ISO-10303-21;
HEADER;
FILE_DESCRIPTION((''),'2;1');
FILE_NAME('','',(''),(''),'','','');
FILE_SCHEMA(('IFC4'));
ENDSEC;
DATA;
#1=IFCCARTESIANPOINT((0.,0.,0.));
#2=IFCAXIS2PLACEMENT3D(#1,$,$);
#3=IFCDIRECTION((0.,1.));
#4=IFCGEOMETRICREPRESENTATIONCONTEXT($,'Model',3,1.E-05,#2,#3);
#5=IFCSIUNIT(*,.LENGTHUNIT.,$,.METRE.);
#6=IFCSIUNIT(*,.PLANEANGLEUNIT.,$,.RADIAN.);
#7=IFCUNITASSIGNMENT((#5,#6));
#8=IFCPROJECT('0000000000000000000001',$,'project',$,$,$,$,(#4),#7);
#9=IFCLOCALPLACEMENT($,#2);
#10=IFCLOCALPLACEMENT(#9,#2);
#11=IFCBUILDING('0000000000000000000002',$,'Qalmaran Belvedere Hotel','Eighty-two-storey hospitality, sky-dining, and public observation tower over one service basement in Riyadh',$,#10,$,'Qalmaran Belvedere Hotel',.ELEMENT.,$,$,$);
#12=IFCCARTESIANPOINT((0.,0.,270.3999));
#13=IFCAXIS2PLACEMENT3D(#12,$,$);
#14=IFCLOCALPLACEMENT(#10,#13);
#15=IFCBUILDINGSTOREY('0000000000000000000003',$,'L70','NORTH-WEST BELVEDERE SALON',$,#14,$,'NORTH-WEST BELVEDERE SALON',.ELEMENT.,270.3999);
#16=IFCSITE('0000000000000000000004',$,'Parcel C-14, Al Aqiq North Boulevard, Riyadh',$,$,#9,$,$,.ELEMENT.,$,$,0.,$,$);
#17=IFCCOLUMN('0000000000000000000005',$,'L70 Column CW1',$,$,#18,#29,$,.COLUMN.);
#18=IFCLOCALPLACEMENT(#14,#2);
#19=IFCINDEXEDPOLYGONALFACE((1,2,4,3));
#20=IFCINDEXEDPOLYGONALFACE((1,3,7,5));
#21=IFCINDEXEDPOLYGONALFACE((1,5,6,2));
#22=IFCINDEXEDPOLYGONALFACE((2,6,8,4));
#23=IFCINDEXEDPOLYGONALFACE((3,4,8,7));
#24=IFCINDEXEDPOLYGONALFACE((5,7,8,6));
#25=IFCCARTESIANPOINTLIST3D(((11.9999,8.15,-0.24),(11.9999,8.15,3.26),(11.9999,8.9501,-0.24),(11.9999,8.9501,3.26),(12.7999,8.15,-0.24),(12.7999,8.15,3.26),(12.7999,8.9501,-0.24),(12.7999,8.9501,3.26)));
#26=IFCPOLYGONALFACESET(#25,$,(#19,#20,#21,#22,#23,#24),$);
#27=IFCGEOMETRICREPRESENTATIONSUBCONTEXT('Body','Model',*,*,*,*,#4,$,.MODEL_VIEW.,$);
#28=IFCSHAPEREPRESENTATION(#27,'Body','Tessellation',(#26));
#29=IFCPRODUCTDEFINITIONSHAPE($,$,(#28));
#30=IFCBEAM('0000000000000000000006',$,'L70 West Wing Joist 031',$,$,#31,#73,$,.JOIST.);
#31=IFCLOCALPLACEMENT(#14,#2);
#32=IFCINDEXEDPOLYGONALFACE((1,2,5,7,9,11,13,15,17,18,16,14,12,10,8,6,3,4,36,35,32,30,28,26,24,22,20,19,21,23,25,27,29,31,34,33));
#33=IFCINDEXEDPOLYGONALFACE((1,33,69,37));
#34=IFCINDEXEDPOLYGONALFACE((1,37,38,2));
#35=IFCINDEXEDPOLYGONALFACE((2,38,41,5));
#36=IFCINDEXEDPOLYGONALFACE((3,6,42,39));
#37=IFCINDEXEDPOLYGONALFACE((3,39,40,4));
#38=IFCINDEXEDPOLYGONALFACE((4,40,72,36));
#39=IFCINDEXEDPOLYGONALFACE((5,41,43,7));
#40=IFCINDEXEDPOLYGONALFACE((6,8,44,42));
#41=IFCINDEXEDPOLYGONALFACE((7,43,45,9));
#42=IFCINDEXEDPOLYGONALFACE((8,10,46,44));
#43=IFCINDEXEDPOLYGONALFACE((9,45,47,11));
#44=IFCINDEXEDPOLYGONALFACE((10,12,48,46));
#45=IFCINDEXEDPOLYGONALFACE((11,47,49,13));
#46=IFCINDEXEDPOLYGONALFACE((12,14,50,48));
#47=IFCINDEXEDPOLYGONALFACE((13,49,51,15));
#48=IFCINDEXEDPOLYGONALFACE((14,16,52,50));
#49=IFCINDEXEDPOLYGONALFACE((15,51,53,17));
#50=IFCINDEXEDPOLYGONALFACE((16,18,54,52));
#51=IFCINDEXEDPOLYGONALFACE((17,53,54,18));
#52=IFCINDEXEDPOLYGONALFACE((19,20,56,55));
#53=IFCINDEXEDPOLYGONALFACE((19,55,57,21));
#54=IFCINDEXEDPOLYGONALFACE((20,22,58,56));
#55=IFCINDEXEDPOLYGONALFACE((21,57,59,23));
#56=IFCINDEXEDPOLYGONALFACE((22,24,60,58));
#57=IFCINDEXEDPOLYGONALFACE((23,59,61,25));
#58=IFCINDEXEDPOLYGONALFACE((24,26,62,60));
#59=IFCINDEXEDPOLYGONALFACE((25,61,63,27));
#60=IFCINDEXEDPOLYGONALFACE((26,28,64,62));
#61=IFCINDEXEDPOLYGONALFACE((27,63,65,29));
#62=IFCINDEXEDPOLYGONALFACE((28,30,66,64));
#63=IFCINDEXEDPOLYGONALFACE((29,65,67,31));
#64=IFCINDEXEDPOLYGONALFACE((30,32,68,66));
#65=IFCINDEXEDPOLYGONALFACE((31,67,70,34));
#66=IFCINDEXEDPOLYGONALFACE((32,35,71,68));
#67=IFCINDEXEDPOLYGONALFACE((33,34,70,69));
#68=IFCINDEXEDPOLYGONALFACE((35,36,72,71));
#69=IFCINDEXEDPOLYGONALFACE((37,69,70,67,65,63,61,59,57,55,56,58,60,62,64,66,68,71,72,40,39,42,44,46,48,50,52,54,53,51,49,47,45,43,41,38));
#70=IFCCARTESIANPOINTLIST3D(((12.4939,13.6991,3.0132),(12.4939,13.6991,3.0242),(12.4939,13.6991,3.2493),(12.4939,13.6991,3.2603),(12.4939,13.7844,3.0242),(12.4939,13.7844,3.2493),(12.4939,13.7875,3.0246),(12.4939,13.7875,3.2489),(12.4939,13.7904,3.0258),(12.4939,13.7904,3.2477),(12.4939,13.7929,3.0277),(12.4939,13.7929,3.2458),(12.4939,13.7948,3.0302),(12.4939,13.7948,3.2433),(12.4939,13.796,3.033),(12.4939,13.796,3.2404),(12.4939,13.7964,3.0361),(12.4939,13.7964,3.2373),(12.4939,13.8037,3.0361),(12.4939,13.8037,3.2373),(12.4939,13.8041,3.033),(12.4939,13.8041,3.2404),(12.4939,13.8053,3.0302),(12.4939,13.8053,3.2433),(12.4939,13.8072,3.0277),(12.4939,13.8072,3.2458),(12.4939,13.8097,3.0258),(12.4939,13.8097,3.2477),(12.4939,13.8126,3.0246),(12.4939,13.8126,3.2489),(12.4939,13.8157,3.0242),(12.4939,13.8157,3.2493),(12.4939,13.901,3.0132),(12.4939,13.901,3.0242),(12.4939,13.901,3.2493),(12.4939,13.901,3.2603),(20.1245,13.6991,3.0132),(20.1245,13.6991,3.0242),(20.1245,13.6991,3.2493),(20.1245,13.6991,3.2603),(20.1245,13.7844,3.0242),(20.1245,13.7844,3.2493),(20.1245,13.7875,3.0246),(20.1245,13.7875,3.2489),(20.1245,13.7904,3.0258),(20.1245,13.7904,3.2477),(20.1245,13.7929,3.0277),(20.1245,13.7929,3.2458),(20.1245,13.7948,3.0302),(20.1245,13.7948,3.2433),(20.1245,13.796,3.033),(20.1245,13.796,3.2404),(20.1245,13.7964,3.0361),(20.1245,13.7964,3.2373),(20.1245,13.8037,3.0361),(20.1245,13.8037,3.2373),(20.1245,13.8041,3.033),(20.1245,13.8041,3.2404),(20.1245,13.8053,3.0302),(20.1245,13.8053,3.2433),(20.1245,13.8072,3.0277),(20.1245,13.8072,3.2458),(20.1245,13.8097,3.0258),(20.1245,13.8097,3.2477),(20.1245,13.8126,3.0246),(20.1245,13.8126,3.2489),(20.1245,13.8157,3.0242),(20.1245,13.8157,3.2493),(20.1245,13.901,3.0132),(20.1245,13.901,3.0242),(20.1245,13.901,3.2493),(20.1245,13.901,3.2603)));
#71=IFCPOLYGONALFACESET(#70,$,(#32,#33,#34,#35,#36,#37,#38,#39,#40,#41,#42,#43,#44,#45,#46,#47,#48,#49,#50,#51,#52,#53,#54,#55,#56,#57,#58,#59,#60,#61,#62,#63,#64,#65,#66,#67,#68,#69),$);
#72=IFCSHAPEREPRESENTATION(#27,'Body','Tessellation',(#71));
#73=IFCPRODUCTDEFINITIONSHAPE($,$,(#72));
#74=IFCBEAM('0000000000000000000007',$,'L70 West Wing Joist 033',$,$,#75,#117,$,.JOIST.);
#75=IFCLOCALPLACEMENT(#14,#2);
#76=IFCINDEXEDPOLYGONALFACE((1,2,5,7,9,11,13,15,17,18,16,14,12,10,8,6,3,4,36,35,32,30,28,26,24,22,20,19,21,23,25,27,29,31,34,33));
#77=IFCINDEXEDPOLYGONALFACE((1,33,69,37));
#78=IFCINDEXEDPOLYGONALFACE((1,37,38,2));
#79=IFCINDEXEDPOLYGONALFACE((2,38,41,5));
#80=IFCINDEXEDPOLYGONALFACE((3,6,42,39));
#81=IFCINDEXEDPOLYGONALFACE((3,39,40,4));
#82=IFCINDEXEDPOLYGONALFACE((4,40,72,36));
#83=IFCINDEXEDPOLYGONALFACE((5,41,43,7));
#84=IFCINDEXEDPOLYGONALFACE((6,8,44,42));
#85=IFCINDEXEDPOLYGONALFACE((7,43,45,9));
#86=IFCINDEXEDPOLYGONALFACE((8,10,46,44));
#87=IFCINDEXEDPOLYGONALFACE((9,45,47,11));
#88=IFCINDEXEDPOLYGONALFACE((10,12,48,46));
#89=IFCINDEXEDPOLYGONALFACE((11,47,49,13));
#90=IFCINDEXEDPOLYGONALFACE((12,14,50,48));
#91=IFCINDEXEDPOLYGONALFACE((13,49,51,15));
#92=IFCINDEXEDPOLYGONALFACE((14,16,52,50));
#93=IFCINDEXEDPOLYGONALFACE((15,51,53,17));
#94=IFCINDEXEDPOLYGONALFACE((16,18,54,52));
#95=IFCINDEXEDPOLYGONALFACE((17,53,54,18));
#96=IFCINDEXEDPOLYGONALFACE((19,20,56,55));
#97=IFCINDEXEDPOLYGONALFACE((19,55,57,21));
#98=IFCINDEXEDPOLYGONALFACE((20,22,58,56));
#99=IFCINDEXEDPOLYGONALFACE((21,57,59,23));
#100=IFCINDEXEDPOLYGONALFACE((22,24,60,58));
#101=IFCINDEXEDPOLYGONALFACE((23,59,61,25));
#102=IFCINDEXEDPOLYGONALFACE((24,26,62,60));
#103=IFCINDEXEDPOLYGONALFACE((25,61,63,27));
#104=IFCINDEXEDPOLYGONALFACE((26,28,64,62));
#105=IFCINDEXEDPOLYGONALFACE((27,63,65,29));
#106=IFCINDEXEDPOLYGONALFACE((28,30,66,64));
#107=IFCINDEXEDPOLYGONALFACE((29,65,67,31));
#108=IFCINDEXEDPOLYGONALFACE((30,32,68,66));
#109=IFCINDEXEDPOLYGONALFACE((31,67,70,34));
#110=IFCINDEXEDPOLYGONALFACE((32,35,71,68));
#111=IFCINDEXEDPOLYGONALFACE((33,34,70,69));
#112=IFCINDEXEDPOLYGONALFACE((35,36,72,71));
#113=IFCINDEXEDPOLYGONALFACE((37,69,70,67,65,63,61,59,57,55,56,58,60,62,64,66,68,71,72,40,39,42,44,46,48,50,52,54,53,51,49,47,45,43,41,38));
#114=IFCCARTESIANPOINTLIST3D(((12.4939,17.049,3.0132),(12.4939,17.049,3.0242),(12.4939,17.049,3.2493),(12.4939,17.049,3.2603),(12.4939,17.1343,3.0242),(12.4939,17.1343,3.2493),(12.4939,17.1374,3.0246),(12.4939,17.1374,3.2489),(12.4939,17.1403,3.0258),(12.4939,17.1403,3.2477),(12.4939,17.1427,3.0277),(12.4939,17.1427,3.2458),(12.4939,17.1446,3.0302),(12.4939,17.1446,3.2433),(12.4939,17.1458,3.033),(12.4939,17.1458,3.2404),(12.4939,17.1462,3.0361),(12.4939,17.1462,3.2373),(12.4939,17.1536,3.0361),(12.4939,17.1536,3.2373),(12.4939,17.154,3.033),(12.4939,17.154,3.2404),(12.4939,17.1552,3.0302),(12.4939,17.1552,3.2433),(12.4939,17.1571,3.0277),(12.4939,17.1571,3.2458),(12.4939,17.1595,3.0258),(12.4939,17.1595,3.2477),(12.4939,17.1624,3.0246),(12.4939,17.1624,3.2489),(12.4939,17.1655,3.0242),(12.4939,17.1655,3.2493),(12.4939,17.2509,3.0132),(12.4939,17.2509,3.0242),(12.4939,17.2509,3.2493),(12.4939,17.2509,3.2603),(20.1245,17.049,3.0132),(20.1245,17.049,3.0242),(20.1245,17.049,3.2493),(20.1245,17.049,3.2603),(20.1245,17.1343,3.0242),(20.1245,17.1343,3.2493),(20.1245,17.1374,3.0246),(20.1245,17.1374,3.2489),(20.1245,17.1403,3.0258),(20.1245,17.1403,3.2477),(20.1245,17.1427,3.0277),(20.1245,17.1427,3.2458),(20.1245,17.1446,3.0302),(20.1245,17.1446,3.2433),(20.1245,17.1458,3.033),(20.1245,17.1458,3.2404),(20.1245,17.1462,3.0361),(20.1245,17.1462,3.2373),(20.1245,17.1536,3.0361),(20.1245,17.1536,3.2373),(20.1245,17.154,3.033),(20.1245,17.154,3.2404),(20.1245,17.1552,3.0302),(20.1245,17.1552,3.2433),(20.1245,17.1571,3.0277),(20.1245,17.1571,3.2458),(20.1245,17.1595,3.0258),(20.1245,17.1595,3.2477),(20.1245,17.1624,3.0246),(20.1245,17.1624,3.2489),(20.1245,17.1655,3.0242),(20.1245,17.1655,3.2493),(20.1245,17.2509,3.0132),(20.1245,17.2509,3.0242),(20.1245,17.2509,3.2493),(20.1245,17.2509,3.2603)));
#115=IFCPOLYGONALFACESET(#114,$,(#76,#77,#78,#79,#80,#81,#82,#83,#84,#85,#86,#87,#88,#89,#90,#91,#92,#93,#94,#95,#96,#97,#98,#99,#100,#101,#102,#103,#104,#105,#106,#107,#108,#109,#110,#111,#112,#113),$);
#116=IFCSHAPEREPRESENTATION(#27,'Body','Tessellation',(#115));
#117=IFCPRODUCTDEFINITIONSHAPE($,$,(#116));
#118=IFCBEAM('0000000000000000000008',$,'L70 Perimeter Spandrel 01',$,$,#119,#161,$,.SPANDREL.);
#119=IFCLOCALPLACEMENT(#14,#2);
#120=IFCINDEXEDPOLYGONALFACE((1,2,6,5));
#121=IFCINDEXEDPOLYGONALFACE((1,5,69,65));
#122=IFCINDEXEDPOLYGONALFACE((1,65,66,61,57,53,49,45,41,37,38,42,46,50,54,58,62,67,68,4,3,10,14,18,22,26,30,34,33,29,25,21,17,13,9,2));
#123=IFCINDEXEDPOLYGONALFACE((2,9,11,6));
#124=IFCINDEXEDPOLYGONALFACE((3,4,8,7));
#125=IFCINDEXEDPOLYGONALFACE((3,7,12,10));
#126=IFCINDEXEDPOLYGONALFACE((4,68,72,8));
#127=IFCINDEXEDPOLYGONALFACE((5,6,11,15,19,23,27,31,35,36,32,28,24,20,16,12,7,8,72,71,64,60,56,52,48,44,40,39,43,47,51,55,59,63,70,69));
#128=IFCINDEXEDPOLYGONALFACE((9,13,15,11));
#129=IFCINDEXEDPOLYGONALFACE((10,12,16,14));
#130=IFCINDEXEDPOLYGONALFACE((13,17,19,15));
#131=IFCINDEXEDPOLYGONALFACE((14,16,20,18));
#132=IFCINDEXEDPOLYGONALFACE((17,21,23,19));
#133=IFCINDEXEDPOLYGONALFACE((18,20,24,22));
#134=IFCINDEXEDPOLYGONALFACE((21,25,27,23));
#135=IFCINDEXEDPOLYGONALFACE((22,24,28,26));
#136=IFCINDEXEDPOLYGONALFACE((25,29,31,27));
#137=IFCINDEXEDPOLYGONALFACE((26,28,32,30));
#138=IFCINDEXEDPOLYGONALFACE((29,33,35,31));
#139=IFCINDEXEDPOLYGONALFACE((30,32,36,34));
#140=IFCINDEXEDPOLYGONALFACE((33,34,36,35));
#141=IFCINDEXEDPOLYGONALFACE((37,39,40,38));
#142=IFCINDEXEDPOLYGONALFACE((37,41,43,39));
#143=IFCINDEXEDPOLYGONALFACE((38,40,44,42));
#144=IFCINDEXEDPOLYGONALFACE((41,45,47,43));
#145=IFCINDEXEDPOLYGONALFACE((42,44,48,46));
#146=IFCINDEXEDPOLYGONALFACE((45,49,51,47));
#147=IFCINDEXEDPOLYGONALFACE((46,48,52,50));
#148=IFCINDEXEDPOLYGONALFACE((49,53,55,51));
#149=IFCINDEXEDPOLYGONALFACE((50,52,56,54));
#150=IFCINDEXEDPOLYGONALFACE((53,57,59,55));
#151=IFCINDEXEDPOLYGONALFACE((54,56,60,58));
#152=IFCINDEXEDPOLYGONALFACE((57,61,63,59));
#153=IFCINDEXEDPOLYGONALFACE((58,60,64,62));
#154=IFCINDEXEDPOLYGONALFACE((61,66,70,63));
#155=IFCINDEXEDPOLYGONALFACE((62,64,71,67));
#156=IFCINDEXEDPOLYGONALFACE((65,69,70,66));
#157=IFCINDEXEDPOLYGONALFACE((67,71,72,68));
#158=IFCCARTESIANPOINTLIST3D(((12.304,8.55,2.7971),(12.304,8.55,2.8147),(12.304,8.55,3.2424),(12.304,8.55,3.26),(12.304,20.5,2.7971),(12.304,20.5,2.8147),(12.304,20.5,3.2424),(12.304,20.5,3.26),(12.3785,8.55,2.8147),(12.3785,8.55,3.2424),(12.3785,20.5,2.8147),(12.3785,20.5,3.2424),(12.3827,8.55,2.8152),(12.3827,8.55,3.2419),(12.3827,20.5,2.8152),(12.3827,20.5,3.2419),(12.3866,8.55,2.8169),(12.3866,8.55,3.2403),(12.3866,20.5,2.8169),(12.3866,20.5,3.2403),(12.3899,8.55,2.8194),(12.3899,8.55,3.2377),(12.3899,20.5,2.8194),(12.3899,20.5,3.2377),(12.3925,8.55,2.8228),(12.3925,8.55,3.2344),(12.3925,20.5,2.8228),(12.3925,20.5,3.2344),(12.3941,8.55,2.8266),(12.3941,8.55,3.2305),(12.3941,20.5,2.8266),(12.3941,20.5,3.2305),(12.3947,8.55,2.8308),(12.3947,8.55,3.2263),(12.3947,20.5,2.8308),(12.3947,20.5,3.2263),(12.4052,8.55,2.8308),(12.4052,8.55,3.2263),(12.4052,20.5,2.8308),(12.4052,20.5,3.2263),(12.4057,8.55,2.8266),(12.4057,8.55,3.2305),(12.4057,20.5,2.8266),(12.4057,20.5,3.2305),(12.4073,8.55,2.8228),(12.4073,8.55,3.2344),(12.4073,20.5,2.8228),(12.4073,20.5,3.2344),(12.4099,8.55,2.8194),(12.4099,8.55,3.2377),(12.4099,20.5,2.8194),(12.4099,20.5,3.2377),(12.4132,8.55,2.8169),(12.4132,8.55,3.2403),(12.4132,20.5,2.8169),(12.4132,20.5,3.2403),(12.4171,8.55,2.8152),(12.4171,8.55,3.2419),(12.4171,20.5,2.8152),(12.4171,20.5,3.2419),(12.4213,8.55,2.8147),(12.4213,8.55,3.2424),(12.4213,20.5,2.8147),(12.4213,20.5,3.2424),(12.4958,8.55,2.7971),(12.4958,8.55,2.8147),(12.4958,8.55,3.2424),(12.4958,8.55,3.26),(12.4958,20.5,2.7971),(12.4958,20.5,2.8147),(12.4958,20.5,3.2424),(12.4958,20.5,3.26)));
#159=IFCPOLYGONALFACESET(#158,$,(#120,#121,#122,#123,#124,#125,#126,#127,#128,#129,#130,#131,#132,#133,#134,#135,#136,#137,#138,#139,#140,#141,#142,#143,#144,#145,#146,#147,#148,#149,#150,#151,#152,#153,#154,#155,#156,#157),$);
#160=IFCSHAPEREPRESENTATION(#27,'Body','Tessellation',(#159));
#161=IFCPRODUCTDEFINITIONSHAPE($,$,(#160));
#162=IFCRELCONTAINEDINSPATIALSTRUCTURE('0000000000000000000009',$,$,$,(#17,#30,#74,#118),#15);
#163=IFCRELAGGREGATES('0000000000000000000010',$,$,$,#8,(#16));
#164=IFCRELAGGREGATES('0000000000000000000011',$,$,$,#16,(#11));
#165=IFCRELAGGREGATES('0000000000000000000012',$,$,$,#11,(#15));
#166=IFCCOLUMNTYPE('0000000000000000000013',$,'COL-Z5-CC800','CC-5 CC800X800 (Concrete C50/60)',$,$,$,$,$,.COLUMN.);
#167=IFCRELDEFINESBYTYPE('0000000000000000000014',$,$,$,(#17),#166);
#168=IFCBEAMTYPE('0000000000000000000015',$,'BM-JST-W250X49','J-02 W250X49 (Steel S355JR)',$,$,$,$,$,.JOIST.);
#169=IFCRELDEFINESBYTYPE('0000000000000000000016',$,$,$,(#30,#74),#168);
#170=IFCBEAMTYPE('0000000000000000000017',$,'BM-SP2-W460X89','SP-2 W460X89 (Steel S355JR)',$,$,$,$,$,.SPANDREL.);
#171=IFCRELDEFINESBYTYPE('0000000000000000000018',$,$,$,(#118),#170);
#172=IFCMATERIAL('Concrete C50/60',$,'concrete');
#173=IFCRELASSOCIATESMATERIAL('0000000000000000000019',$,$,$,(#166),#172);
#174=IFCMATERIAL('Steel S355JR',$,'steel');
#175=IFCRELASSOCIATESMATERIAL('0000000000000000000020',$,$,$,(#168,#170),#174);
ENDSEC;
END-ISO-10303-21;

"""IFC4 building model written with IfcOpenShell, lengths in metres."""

from ifc_helpers import new_model, si_unit, direction, frame, origin, origin_2d, place, context, subcontext, project, spatial, rectangle, i_section, extrude, material, material_profile, profile_set, type_object, element, save


model = new_model("IFC4")

# Units and contexts
model_context = context("Model", 3, precision=1e-05, world=origin(), true_north=direction((0.0, 1.0)))
body_context = subcontext(model_context, "Body", "Model", "MODEL_VIEW")
ifc_project = project(units=[si_unit("LENGTHUNIT", "METRE"), si_unit("PLANEANGLEUNIT", "RADIAN")], contexts=[model_context])

# Site, building, storey
site_placement = place(None, origin())
site = spatial("IfcSite", under=ifc_project, at=site_placement, Name="Parcel C-14, Al Aqiq North Boulevard, Riyadh", CompositionType="ELEMENT", RefElevation=0.0)
building_placement = place(site_placement, origin())
building = spatial("IfcBuilding", under=site, at=building_placement, Name="Qalmaran Belvedere Hotel", Description="Eighty-two-storey hospitality, sky-dining, and public observation tower over one service basement in Riyadh", LongName="Qalmaran Belvedere Hotel", CompositionType="ELEMENT")
storey_placement = place(building_placement, frame((0.0, 0.0, 270.3999)))
storey = spatial("IfcBuildingStorey", under=building, at=storey_placement, Name="L70", Description="NORTH-WEST BELVEDERE SALON", LongName="NORTH-WEST BELVEDERE SALON", CompositionType="ELEMENT", Elevation=270.3999)

# Column
ifc_material_1 = material(Name="Concrete C50/60", Category="concrete")
ifc_material_profile_1 = material_profile(ifc_material_1, rectangle(XDim=0.8, YDim=0.8, at=origin_2d()), Name="CC800X800")
ifc_profile_set_1 = profile_set([ifc_material_profile_1], Name="Concrete C50/60")
column_type = type_object("IfcColumnType", Name="COL-Z5-CC800", Description="CC-5 CC800X800 (Concrete C50/60)", PredefinedType="COLUMN", material=ifc_profile_set_1)
column_placement = place(storey_placement, frame((12.3999, 8.55, -0.24), z_axis=(0.0, 0.0, 1.0), x_axis=(1.0, 0.0, 0.0)))
element("IfcColumn", 1, at=column_placement, inside=storey, type_object=column_type, Name="L70 Column CW1", PredefinedType="COLUMN", context=body_context, shape_type="SweptSolid", body=[
    extrude(rectangle(XDim=0.8, YDim=0.8, at=origin_2d()), origin(), (0.0, 0.0, 1.0), 3.5),
])

# Beams
ifc_material_2 = material(Name="Steel S355JR", Category="steel")
ifc_material_profile_2 = material_profile(ifc_material_2, i_section(OverallWidth=0.2019, OverallDepth=0.2471, WebThickness=0.0073, FlangeThickness=0.011, FilletRadius=0.012, at=origin_2d()), Name="W250X49")
ifc_profile_set_2 = profile_set([ifc_material_profile_2], Name="Steel S355JR")
beam_type_1 = type_object("IfcBeamType", Name="BM-JST-W250X49", Description="J-02 W250X49 (Steel S355JR)", PredefinedType="JOIST", material=ifc_profile_set_2)
for number, where, z_axis, x_axis, name in (
    (2, (12.4939, 13.8, 3.1367), (1.0, 0.0, 0.0), (0.0, 1.0, 0.0), "L70 West Wing Joist 031"),
    (3, (12.4939, 17.1499, 3.1367), (1.0, 0.0, 0.0), (0.0, 1.0, 0.0), "L70 West Wing Joist 033"),
):
    element("IfcBeam", number, at=place(storey_placement, frame(where, z_axis=z_axis, x_axis=x_axis)), inside=storey, type_object=beam_type_1, Name=name, PredefinedType="JOIST", context=body_context, shape_type="SweptSolid", body=[
        extrude(i_section(OverallWidth=0.2019, OverallDepth=0.2471, WebThickness=0.0073, FlangeThickness=0.011, FilletRadius=0.012, at=origin_2d()), origin(), (0.0, 0.0, 1.0), 7.6306),
    ])
ifc_material_profile_3 = material_profile(ifc_material_2, i_section(OverallWidth=0.1919, OverallDepth=0.4629, WebThickness=0.0105, FlangeThickness=0.0176, FilletRadius=0.0161, at=origin_2d()), Name="W460X89")
ifc_profile_set_3 = profile_set([ifc_material_profile_3], Name="Steel S355JR")
beam_type_2 = type_object("IfcBeamType", Name="BM-SP2-W460X89", Description="SP-2 W460X89 (Steel S355JR)", PredefinedType="SPANDREL", material=ifc_profile_set_3)
beam_1_placement = place(storey_placement, frame((12.3999, 8.55, 3.0286), z_axis=(0.0, 1.0, 0.0), x_axis=(-1.0, 0.0, 0.0)))
element("IfcBeam", 4, at=beam_1_placement, inside=storey, type_object=beam_type_2, Name="L70 Perimeter Spandrel 01", PredefinedType="SPANDREL", context=body_context, shape_type="SweptSolid", body=[
    extrude(i_section(OverallWidth=0.1919, OverallDepth=0.4629, WebThickness=0.0105, FlangeThickness=0.0176, FilletRadius=0.0161, at=origin_2d()), origin(), (0.0, 0.0, 1.0), 11.95),
])

save(model, "model.ifc")
